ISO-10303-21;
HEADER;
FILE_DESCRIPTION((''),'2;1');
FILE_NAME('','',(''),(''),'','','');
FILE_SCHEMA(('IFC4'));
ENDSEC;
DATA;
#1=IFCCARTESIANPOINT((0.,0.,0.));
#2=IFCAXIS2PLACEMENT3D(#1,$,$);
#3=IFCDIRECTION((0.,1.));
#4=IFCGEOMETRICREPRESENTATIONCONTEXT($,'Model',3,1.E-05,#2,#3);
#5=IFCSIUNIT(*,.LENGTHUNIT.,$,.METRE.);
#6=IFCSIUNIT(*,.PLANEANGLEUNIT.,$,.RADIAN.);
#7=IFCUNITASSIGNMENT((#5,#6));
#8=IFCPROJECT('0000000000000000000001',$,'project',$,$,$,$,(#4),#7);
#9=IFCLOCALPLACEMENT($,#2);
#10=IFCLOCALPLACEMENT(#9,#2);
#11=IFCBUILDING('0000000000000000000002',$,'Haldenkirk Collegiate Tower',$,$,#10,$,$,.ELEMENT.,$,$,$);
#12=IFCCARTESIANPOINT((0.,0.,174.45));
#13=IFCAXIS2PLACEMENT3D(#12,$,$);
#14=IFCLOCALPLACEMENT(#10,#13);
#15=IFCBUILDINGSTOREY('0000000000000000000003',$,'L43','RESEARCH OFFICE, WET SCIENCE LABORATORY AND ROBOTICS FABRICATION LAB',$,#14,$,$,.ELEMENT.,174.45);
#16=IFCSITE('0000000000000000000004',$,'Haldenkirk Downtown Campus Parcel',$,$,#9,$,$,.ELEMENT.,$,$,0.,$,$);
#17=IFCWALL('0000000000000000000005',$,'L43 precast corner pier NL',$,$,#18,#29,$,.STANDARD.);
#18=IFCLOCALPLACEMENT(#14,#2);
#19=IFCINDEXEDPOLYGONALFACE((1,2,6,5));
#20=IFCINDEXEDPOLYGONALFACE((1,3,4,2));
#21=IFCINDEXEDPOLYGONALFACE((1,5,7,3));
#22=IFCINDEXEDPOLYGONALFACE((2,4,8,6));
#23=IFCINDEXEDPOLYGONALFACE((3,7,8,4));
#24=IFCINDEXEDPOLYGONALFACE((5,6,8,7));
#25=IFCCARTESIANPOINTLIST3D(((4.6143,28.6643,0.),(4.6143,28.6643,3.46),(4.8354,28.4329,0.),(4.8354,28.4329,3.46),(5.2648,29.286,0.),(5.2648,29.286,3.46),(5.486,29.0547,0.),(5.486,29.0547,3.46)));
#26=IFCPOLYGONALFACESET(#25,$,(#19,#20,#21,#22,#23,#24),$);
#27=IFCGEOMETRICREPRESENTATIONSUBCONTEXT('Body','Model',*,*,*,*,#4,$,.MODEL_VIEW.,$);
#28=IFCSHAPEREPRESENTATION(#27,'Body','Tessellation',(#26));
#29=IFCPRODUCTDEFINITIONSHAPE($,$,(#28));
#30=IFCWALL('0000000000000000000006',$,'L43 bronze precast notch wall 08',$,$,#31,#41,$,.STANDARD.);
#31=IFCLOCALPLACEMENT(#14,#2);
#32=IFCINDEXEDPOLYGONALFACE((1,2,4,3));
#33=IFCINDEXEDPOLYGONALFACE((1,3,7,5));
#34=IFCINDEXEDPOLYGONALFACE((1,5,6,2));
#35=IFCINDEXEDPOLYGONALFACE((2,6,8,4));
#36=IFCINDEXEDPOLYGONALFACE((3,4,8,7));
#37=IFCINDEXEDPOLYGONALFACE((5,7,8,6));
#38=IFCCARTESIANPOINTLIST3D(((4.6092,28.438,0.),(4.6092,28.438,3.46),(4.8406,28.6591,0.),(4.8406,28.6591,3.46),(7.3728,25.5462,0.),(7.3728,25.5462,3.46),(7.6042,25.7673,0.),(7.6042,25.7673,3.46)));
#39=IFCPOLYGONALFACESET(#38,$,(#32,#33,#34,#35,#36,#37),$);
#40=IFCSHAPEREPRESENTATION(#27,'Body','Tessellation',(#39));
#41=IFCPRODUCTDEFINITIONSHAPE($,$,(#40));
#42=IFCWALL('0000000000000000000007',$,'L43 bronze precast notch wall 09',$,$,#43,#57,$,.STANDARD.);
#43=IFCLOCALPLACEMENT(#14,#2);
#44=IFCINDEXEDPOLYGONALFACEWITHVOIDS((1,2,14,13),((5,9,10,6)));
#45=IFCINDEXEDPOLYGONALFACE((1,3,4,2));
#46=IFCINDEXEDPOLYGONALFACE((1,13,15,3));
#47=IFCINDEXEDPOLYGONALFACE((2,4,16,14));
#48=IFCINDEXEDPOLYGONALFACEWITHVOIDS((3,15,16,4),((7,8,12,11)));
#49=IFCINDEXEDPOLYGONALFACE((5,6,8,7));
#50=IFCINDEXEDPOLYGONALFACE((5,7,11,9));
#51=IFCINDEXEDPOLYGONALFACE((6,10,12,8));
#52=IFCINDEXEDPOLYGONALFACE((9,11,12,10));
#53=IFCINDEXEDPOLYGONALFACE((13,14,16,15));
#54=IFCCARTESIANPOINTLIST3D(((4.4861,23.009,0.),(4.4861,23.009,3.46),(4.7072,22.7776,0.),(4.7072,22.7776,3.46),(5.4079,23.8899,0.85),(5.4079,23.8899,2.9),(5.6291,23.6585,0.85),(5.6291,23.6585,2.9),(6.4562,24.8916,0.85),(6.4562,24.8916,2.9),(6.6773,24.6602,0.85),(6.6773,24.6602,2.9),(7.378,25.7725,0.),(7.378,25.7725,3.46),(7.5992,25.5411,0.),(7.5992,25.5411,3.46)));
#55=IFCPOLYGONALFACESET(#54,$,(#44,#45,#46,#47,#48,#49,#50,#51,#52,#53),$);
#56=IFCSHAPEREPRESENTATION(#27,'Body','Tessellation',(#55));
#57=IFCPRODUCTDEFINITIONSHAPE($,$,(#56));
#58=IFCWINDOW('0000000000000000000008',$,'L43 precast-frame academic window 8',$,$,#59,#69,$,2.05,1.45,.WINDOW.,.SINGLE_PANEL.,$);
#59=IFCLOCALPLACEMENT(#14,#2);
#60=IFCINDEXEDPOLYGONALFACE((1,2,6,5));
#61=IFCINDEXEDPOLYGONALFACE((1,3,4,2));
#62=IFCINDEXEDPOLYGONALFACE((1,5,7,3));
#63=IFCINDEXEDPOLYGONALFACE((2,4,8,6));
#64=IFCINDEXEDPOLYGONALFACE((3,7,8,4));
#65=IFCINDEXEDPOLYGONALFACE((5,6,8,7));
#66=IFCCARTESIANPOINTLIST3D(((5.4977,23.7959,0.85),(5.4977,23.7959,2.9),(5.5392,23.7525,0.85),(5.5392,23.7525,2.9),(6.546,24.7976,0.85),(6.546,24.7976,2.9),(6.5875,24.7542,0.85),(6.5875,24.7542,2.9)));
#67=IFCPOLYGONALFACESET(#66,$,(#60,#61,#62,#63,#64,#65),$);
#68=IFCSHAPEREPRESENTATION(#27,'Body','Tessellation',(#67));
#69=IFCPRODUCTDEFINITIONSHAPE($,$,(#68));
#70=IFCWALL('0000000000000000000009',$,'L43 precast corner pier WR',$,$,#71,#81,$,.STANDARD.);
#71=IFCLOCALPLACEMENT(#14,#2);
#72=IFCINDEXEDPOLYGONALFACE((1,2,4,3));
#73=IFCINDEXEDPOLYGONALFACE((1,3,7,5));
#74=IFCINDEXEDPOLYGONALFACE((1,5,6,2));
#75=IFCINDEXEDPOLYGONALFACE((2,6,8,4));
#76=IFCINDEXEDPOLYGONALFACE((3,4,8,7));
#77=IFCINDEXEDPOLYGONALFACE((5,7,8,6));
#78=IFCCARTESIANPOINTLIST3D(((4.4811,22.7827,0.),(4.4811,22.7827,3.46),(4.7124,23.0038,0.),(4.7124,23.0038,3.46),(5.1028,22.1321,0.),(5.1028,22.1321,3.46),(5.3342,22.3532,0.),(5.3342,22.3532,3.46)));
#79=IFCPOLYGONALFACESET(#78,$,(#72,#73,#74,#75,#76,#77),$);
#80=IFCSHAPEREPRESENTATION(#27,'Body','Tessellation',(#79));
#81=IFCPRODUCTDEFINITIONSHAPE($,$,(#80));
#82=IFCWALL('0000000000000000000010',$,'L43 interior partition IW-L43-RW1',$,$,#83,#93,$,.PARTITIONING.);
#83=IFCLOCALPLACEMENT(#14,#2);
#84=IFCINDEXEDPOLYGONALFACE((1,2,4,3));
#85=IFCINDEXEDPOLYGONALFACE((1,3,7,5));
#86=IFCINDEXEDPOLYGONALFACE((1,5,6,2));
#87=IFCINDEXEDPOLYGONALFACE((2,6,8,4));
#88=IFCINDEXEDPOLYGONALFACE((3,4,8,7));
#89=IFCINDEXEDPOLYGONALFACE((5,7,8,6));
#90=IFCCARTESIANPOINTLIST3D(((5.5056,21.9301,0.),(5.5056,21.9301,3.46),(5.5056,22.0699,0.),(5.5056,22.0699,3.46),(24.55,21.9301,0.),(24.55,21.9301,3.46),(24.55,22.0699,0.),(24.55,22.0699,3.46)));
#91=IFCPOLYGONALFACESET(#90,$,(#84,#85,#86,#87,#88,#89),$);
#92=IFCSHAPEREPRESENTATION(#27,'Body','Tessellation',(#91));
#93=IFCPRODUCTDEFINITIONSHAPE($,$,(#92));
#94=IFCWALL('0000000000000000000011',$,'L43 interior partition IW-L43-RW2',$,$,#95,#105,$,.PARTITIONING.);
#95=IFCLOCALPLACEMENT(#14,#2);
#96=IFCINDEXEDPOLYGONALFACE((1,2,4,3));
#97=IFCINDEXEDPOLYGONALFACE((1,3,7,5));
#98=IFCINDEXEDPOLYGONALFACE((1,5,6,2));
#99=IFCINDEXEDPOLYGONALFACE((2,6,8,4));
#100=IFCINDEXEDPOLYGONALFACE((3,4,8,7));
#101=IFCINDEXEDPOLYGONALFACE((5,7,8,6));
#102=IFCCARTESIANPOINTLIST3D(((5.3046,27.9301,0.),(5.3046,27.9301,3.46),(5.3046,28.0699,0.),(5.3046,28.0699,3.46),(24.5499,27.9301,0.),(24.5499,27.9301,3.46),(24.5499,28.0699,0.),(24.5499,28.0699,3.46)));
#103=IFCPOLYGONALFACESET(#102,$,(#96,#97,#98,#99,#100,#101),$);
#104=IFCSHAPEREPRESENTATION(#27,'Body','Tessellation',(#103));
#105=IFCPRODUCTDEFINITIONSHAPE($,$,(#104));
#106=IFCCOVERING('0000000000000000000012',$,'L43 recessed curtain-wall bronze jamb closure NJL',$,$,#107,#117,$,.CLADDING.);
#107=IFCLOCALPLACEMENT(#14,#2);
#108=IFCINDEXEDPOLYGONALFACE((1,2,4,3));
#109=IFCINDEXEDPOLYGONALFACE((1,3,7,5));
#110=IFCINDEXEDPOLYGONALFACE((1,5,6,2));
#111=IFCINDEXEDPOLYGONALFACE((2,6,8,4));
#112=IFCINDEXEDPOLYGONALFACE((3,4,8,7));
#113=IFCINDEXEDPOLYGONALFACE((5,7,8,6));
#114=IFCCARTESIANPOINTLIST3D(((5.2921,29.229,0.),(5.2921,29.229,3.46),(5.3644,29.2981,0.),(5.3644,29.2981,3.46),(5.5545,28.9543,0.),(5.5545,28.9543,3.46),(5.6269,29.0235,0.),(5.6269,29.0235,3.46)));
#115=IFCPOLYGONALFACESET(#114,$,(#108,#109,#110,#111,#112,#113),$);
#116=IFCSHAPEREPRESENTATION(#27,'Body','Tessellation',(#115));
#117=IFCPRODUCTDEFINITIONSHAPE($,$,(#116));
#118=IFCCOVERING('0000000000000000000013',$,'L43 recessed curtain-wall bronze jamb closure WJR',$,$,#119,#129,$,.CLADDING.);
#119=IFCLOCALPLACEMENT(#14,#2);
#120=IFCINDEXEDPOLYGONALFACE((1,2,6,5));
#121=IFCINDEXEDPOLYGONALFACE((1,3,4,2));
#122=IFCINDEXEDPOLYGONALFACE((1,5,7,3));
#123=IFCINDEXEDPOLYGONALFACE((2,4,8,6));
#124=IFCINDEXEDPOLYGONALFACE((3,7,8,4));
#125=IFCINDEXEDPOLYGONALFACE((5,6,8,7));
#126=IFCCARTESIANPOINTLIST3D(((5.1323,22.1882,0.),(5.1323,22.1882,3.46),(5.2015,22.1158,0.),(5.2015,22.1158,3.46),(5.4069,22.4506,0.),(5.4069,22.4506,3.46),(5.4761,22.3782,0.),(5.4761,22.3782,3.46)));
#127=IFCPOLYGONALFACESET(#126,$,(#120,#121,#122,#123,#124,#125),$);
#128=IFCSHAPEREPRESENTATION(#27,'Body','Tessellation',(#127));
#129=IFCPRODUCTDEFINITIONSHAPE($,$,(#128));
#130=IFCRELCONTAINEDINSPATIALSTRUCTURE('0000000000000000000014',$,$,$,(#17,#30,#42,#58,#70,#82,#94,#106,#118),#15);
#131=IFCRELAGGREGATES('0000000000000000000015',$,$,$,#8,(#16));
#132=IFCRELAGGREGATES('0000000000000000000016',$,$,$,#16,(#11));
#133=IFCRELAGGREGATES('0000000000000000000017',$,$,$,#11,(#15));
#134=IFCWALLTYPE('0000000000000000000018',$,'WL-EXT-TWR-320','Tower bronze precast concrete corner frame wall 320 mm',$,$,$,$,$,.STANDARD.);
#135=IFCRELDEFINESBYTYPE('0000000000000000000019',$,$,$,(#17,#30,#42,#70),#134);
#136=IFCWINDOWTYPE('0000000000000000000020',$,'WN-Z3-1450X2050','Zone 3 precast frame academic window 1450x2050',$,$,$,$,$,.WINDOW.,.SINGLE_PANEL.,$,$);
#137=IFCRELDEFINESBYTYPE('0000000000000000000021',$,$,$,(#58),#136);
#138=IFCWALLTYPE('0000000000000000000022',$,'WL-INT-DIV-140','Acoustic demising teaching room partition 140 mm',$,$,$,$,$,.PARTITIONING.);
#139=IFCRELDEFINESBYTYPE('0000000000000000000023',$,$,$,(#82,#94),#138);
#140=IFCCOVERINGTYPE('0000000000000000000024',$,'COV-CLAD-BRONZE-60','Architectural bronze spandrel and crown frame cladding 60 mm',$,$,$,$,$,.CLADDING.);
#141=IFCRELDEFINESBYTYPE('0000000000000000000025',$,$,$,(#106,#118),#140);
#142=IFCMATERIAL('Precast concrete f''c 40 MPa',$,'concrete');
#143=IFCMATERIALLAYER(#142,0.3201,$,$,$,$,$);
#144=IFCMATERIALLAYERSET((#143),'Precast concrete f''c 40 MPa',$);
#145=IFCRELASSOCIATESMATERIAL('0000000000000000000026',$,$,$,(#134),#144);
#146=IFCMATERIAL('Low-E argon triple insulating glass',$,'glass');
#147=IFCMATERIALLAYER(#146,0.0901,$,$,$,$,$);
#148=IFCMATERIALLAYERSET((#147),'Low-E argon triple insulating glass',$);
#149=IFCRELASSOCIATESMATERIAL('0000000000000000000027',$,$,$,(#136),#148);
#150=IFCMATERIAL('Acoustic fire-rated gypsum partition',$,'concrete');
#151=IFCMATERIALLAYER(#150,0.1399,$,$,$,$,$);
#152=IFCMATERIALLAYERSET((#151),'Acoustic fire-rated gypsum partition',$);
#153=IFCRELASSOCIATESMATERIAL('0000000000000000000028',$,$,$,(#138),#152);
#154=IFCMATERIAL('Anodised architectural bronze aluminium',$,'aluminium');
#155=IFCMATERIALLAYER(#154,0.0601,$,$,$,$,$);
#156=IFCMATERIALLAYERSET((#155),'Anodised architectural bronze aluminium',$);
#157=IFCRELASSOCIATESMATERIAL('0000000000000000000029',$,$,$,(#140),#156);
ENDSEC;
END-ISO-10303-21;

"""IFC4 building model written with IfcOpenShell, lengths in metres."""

from ifc_helpers import new_model, si_unit, direction, frame, frame_2d, origin, origin_2d, place, context, subcontext, project, spatial, rectangle, extrude, source, transform, mapped, material, layer, layer_set, type_object, element, fill, save


model = new_model("IFC4")

# Units and contexts
model_context = context("Model", 3, precision=1e-05, world=origin(), true_north=direction((0.0, 1.0)))
body_context = subcontext(model_context, "Body", "Model", "MODEL_VIEW")
ifc_project = project(units=[si_unit("LENGTHUNIT", "METRE"), si_unit("PLANEANGLEUNIT", "RADIAN")], contexts=[model_context])

# Site, building, storey
site_placement = place(None, origin())
site = spatial("IfcSite", under=ifc_project, at=site_placement, Name="Haldenkirk Downtown Campus Parcel", CompositionType="ELEMENT", RefElevation=0.0)
building_placement = place(site_placement, origin())
building = spatial("IfcBuilding", under=site, at=building_placement, Name="Haldenkirk Collegiate Tower", CompositionType="ELEMENT")
storey_placement = place(building_placement, frame((0.0, 0.0, 174.45)))
storey = spatial("IfcBuildingStorey", under=building, at=storey_placement, Name="L43", Description="RESEARCH OFFICE, WET SCIENCE LABORATORY AND ROBOTICS FABRICATION LAB", CompositionType="ELEMENT", Elevation=174.45)

# Shared definitions
ifc_material_1 = material(Name="Anodised architectural bronze aluminium", Category="aluminium")

# Shared definitions
ifc_material_2 = material(Name="Low-E argon triple insulating glass", Category="glass")

# Walls
ifc_material_3 = material(Name="Precast concrete f'c 40 MPa", Category="concrete")
ifc_layer_1 = layer(ifc_material_3, 0.3201)
ifc_layer_set_1 = layer_set([ifc_layer_1], Name="Precast concrete f'c 40 MPa")
wall_type_1 = type_object("IfcWallType", Name="WL-EXT-TWR-320", Description="Tower bronze precast concrete corner frame wall 320 mm", PredefinedType="STANDARD", material=ifc_layer_set_1)
wall_1_placement = place(storey_placement, frame((4.7249, 28.5486, 0.0), z_axis=(0.0, 0.0, 1.0), x_axis=(0.72293, 0.690921, 0.0)))
element("IfcWall", 1, at=wall_1_placement, inside=storey, type_object=wall_type_1, Name="L43 precast corner pier NL", PredefinedType="STANDARD", context=body_context, shape_type="SweptSolid", body=[
    extrude(rectangle(XDim=0.8999, YDim=0.3201, at=frame_2d((0.45, 0.0))), origin(), (0.0, 0.0, 1.0), 3.46),
])
wall_2_placement = place(storey_placement, frame((7.4885, 25.6567, 0.0), z_axis=(0.0, 0.0, 1.0), x_axis=(-0.690904, 0.722947, 0.0)))
element("IfcWall", 2, at=wall_2_placement, inside=storey, type_object=wall_type_1, Name="L43 bronze precast notch wall 08", PredefinedType="STANDARD", context=body_context, shape_type="SweptSolid", body=[
    extrude(rectangle(XDim=4.0, YDim=0.3201, at=frame_2d((2.0, 0.0))), origin(), (0.0, 0.0, 1.0), 3.46),
])

# Wall, opening, window
wall_3_placement = place(storey_placement, frame((4.5967, 22.8933, 0.0), z_axis=(0.0, 0.0, 1.0), x_axis=(0.722977, 0.690872, 0.0)))
wall_3 = element("IfcWall", 3, at=wall_3_placement, inside=storey, type_object=wall_type_1, Name="L43 bronze precast notch wall 09", PredefinedType="STANDARD", context=body_context, shape_type="SweptSolid", body=[
    extrude(rectangle(XDim=4.0, YDim=0.3201, at=frame_2d((2.0, 0.0))), origin(), (0.0, 0.0, 1.0), 3.46),
])
opening_placement = place(wall_3_placement, frame((1.2749, 0.0, 0.8501)))
opening = element("IfcOpeningElement", 4, at=opening_placement, cuts=wall_3, PredefinedType="OPENING", context=body_context, shape_type="SweptSolid", body=[
    extrude(rectangle(XDim=1.45, YDim=2.05, at=frame_2d((0.7251, 1.0249))), frame((0.0, 0.1699, 0.0), z_axis=(0.0, -1.0, 0.0), x_axis=(1.0, 0.0, 0.0)), (0.0, 0.0, 1.0), 0.3401),
])
ifc_layer_2 = layer(ifc_material_2, 0.0901)
ifc_layer_set_2 = layer_set([ifc_layer_2], Name="Low-E argon triple insulating glass")
window_type = type_object("IfcWindowType", Name="WN-Z3-1450X2050", Description="Zone 3 precast frame academic window 1450x2050", PartitioningType="SINGLE_PANEL", PredefinedType="WINDOW", material=ifc_layer_set_2)
window_placement = place(opening_placement, origin())
window = element("IfcWindow", 5, at=window_placement, inside=storey, type_object=window_type, Name="L43 precast-frame academic window 8", OverallHeight=2.05, OverallWidth=1.45, PartitioningType="SINGLE_PANEL", PredefinedType="WINDOW", context=body_context, shape_type="SweptSolid", body=[
    extrude(rectangle(XDim=1.45, YDim=2.05, at=frame_2d((0.7251, 1.0249))), frame((0.0, 0.03, 0.0), z_axis=(0.0, -1.0, 0.0), x_axis=(1.0, 0.0, 0.0)), (0.0, 0.0, 1.0), 0.0601),
])
fill(opening, window)

# Walls
wall_4_placement = place(storey_placement, frame((5.2185, 22.2427, 0.0), z_axis=(0.0, 0.0, 1.0), x_axis=(-0.690921, 0.72293, 0.0)))
element("IfcWall", 6, at=wall_4_placement, inside=storey, type_object=wall_type_1, Name="L43 precast corner pier WR", PredefinedType="STANDARD", context=body_context, shape_type="SweptSolid", body=[
    extrude(rectangle(XDim=0.8999, YDim=0.3201, at=frame_2d((0.45, 0.0))), origin(), (0.0, 0.0, 1.0), 3.46),
])
ifc_material_4 = material(Name="Acoustic fire-rated gypsum partition", Category="concrete")
ifc_layer_3 = layer(ifc_material_4, 0.1399)
ifc_layer_set_3 = layer_set([ifc_layer_3], Name="Acoustic fire-rated gypsum partition")
wall_type_2 = type_object("IfcWallType", Name="WL-INT-DIV-140", Description="Acoustic demising teaching room partition 140 mm", PredefinedType="PARTITIONING", material=ifc_layer_set_3)
wall_5_placement = place(storey_placement, frame((5.5056, 22.0, 0.0), z_axis=(0.0, 0.0, 1.0), x_axis=(1.0, 0.0, 0.0)))
element("IfcWall", 7, at=wall_5_placement, inside=storey, type_object=wall_type_2, Name="L43 interior partition IW-L43-RW1", PredefinedType="PARTITIONING", context=body_context, shape_type="SweptSolid", body=[
    extrude(rectangle(XDim=19.0444, YDim=0.1399, at=frame_2d((9.5222, 0.0))), origin(), (0.0, 0.0, 1.0), 3.46),
])
wall_6_placement = place(storey_placement, frame((5.3047, 28.0, 0.0), z_axis=(0.0, 0.0, 1.0), x_axis=(1.0, 0.0, 0.0)))
element("IfcWall", 8, at=wall_6_placement, inside=storey, type_object=wall_type_2, Name="L43 interior partition IW-L43-RW2", PredefinedType="PARTITIONING", context=body_context, shape_type="SweptSolid", body=[
    extrude(rectangle(XDim=19.2454, YDim=0.1399, at=frame_2d((9.6226, 0.0))), origin(), (0.0, 0.0, 1.0), 3.46),
])

# Coverings
ifc_layer_4 = layer(ifc_material_1, 0.0601)
ifc_layer_set_4 = layer_set([ifc_layer_4], Name="Anodised architectural bronze aluminium")
covering_type = type_object("IfcCoveringType", Name="COV-CLAD-BRONZE-60", Description="Architectural bronze spandrel and crown frame cladding 60 mm", PredefinedType="CLADDING", material=ifc_layer_set_4)
shared_shape_1 = source(origin(), body_context, "Body", "SweptSolid", [
    extrude(rectangle(XDim=0.1001, YDim=0.3799, at=origin_2d()), origin(), (0.0, 0.0, 1.0), 3.46),
])
for number, where, z_axis, x_axis, name in (
    (9, (5.4595, 29.1262, 0.0), (0.0, 0.0, 1.0), (0.722967, 0.690882, 0.0), "L43 recessed curtain-wall bronze jamb closure NJL"),
    (10, (5.3042, 22.2832, 0.0), (0.0, 0.0, 1.0), (-0.690882, 0.722967, 0.0), "L43 recessed curtain-wall bronze jamb closure WJR"),
):
    element("IfcCovering", number, at=place(storey_placement, frame(where, z_axis=z_axis, x_axis=x_axis)), inside=storey, type_object=covering_type, Name=name, PredefinedType="CLADDING", context=body_context, shape_type="MappedRepresentation", body=[
        mapped(shared_shape_1, transform((0.0, 0.0, 0.0), x_axis=(1.0, 0.0, 0.0), y_axis=(0.0, 1.0, 0.0), z_axis=(0.0, 0.0, 1.0), scale=1.0)),
    ])

save(model, "model.ifc")
